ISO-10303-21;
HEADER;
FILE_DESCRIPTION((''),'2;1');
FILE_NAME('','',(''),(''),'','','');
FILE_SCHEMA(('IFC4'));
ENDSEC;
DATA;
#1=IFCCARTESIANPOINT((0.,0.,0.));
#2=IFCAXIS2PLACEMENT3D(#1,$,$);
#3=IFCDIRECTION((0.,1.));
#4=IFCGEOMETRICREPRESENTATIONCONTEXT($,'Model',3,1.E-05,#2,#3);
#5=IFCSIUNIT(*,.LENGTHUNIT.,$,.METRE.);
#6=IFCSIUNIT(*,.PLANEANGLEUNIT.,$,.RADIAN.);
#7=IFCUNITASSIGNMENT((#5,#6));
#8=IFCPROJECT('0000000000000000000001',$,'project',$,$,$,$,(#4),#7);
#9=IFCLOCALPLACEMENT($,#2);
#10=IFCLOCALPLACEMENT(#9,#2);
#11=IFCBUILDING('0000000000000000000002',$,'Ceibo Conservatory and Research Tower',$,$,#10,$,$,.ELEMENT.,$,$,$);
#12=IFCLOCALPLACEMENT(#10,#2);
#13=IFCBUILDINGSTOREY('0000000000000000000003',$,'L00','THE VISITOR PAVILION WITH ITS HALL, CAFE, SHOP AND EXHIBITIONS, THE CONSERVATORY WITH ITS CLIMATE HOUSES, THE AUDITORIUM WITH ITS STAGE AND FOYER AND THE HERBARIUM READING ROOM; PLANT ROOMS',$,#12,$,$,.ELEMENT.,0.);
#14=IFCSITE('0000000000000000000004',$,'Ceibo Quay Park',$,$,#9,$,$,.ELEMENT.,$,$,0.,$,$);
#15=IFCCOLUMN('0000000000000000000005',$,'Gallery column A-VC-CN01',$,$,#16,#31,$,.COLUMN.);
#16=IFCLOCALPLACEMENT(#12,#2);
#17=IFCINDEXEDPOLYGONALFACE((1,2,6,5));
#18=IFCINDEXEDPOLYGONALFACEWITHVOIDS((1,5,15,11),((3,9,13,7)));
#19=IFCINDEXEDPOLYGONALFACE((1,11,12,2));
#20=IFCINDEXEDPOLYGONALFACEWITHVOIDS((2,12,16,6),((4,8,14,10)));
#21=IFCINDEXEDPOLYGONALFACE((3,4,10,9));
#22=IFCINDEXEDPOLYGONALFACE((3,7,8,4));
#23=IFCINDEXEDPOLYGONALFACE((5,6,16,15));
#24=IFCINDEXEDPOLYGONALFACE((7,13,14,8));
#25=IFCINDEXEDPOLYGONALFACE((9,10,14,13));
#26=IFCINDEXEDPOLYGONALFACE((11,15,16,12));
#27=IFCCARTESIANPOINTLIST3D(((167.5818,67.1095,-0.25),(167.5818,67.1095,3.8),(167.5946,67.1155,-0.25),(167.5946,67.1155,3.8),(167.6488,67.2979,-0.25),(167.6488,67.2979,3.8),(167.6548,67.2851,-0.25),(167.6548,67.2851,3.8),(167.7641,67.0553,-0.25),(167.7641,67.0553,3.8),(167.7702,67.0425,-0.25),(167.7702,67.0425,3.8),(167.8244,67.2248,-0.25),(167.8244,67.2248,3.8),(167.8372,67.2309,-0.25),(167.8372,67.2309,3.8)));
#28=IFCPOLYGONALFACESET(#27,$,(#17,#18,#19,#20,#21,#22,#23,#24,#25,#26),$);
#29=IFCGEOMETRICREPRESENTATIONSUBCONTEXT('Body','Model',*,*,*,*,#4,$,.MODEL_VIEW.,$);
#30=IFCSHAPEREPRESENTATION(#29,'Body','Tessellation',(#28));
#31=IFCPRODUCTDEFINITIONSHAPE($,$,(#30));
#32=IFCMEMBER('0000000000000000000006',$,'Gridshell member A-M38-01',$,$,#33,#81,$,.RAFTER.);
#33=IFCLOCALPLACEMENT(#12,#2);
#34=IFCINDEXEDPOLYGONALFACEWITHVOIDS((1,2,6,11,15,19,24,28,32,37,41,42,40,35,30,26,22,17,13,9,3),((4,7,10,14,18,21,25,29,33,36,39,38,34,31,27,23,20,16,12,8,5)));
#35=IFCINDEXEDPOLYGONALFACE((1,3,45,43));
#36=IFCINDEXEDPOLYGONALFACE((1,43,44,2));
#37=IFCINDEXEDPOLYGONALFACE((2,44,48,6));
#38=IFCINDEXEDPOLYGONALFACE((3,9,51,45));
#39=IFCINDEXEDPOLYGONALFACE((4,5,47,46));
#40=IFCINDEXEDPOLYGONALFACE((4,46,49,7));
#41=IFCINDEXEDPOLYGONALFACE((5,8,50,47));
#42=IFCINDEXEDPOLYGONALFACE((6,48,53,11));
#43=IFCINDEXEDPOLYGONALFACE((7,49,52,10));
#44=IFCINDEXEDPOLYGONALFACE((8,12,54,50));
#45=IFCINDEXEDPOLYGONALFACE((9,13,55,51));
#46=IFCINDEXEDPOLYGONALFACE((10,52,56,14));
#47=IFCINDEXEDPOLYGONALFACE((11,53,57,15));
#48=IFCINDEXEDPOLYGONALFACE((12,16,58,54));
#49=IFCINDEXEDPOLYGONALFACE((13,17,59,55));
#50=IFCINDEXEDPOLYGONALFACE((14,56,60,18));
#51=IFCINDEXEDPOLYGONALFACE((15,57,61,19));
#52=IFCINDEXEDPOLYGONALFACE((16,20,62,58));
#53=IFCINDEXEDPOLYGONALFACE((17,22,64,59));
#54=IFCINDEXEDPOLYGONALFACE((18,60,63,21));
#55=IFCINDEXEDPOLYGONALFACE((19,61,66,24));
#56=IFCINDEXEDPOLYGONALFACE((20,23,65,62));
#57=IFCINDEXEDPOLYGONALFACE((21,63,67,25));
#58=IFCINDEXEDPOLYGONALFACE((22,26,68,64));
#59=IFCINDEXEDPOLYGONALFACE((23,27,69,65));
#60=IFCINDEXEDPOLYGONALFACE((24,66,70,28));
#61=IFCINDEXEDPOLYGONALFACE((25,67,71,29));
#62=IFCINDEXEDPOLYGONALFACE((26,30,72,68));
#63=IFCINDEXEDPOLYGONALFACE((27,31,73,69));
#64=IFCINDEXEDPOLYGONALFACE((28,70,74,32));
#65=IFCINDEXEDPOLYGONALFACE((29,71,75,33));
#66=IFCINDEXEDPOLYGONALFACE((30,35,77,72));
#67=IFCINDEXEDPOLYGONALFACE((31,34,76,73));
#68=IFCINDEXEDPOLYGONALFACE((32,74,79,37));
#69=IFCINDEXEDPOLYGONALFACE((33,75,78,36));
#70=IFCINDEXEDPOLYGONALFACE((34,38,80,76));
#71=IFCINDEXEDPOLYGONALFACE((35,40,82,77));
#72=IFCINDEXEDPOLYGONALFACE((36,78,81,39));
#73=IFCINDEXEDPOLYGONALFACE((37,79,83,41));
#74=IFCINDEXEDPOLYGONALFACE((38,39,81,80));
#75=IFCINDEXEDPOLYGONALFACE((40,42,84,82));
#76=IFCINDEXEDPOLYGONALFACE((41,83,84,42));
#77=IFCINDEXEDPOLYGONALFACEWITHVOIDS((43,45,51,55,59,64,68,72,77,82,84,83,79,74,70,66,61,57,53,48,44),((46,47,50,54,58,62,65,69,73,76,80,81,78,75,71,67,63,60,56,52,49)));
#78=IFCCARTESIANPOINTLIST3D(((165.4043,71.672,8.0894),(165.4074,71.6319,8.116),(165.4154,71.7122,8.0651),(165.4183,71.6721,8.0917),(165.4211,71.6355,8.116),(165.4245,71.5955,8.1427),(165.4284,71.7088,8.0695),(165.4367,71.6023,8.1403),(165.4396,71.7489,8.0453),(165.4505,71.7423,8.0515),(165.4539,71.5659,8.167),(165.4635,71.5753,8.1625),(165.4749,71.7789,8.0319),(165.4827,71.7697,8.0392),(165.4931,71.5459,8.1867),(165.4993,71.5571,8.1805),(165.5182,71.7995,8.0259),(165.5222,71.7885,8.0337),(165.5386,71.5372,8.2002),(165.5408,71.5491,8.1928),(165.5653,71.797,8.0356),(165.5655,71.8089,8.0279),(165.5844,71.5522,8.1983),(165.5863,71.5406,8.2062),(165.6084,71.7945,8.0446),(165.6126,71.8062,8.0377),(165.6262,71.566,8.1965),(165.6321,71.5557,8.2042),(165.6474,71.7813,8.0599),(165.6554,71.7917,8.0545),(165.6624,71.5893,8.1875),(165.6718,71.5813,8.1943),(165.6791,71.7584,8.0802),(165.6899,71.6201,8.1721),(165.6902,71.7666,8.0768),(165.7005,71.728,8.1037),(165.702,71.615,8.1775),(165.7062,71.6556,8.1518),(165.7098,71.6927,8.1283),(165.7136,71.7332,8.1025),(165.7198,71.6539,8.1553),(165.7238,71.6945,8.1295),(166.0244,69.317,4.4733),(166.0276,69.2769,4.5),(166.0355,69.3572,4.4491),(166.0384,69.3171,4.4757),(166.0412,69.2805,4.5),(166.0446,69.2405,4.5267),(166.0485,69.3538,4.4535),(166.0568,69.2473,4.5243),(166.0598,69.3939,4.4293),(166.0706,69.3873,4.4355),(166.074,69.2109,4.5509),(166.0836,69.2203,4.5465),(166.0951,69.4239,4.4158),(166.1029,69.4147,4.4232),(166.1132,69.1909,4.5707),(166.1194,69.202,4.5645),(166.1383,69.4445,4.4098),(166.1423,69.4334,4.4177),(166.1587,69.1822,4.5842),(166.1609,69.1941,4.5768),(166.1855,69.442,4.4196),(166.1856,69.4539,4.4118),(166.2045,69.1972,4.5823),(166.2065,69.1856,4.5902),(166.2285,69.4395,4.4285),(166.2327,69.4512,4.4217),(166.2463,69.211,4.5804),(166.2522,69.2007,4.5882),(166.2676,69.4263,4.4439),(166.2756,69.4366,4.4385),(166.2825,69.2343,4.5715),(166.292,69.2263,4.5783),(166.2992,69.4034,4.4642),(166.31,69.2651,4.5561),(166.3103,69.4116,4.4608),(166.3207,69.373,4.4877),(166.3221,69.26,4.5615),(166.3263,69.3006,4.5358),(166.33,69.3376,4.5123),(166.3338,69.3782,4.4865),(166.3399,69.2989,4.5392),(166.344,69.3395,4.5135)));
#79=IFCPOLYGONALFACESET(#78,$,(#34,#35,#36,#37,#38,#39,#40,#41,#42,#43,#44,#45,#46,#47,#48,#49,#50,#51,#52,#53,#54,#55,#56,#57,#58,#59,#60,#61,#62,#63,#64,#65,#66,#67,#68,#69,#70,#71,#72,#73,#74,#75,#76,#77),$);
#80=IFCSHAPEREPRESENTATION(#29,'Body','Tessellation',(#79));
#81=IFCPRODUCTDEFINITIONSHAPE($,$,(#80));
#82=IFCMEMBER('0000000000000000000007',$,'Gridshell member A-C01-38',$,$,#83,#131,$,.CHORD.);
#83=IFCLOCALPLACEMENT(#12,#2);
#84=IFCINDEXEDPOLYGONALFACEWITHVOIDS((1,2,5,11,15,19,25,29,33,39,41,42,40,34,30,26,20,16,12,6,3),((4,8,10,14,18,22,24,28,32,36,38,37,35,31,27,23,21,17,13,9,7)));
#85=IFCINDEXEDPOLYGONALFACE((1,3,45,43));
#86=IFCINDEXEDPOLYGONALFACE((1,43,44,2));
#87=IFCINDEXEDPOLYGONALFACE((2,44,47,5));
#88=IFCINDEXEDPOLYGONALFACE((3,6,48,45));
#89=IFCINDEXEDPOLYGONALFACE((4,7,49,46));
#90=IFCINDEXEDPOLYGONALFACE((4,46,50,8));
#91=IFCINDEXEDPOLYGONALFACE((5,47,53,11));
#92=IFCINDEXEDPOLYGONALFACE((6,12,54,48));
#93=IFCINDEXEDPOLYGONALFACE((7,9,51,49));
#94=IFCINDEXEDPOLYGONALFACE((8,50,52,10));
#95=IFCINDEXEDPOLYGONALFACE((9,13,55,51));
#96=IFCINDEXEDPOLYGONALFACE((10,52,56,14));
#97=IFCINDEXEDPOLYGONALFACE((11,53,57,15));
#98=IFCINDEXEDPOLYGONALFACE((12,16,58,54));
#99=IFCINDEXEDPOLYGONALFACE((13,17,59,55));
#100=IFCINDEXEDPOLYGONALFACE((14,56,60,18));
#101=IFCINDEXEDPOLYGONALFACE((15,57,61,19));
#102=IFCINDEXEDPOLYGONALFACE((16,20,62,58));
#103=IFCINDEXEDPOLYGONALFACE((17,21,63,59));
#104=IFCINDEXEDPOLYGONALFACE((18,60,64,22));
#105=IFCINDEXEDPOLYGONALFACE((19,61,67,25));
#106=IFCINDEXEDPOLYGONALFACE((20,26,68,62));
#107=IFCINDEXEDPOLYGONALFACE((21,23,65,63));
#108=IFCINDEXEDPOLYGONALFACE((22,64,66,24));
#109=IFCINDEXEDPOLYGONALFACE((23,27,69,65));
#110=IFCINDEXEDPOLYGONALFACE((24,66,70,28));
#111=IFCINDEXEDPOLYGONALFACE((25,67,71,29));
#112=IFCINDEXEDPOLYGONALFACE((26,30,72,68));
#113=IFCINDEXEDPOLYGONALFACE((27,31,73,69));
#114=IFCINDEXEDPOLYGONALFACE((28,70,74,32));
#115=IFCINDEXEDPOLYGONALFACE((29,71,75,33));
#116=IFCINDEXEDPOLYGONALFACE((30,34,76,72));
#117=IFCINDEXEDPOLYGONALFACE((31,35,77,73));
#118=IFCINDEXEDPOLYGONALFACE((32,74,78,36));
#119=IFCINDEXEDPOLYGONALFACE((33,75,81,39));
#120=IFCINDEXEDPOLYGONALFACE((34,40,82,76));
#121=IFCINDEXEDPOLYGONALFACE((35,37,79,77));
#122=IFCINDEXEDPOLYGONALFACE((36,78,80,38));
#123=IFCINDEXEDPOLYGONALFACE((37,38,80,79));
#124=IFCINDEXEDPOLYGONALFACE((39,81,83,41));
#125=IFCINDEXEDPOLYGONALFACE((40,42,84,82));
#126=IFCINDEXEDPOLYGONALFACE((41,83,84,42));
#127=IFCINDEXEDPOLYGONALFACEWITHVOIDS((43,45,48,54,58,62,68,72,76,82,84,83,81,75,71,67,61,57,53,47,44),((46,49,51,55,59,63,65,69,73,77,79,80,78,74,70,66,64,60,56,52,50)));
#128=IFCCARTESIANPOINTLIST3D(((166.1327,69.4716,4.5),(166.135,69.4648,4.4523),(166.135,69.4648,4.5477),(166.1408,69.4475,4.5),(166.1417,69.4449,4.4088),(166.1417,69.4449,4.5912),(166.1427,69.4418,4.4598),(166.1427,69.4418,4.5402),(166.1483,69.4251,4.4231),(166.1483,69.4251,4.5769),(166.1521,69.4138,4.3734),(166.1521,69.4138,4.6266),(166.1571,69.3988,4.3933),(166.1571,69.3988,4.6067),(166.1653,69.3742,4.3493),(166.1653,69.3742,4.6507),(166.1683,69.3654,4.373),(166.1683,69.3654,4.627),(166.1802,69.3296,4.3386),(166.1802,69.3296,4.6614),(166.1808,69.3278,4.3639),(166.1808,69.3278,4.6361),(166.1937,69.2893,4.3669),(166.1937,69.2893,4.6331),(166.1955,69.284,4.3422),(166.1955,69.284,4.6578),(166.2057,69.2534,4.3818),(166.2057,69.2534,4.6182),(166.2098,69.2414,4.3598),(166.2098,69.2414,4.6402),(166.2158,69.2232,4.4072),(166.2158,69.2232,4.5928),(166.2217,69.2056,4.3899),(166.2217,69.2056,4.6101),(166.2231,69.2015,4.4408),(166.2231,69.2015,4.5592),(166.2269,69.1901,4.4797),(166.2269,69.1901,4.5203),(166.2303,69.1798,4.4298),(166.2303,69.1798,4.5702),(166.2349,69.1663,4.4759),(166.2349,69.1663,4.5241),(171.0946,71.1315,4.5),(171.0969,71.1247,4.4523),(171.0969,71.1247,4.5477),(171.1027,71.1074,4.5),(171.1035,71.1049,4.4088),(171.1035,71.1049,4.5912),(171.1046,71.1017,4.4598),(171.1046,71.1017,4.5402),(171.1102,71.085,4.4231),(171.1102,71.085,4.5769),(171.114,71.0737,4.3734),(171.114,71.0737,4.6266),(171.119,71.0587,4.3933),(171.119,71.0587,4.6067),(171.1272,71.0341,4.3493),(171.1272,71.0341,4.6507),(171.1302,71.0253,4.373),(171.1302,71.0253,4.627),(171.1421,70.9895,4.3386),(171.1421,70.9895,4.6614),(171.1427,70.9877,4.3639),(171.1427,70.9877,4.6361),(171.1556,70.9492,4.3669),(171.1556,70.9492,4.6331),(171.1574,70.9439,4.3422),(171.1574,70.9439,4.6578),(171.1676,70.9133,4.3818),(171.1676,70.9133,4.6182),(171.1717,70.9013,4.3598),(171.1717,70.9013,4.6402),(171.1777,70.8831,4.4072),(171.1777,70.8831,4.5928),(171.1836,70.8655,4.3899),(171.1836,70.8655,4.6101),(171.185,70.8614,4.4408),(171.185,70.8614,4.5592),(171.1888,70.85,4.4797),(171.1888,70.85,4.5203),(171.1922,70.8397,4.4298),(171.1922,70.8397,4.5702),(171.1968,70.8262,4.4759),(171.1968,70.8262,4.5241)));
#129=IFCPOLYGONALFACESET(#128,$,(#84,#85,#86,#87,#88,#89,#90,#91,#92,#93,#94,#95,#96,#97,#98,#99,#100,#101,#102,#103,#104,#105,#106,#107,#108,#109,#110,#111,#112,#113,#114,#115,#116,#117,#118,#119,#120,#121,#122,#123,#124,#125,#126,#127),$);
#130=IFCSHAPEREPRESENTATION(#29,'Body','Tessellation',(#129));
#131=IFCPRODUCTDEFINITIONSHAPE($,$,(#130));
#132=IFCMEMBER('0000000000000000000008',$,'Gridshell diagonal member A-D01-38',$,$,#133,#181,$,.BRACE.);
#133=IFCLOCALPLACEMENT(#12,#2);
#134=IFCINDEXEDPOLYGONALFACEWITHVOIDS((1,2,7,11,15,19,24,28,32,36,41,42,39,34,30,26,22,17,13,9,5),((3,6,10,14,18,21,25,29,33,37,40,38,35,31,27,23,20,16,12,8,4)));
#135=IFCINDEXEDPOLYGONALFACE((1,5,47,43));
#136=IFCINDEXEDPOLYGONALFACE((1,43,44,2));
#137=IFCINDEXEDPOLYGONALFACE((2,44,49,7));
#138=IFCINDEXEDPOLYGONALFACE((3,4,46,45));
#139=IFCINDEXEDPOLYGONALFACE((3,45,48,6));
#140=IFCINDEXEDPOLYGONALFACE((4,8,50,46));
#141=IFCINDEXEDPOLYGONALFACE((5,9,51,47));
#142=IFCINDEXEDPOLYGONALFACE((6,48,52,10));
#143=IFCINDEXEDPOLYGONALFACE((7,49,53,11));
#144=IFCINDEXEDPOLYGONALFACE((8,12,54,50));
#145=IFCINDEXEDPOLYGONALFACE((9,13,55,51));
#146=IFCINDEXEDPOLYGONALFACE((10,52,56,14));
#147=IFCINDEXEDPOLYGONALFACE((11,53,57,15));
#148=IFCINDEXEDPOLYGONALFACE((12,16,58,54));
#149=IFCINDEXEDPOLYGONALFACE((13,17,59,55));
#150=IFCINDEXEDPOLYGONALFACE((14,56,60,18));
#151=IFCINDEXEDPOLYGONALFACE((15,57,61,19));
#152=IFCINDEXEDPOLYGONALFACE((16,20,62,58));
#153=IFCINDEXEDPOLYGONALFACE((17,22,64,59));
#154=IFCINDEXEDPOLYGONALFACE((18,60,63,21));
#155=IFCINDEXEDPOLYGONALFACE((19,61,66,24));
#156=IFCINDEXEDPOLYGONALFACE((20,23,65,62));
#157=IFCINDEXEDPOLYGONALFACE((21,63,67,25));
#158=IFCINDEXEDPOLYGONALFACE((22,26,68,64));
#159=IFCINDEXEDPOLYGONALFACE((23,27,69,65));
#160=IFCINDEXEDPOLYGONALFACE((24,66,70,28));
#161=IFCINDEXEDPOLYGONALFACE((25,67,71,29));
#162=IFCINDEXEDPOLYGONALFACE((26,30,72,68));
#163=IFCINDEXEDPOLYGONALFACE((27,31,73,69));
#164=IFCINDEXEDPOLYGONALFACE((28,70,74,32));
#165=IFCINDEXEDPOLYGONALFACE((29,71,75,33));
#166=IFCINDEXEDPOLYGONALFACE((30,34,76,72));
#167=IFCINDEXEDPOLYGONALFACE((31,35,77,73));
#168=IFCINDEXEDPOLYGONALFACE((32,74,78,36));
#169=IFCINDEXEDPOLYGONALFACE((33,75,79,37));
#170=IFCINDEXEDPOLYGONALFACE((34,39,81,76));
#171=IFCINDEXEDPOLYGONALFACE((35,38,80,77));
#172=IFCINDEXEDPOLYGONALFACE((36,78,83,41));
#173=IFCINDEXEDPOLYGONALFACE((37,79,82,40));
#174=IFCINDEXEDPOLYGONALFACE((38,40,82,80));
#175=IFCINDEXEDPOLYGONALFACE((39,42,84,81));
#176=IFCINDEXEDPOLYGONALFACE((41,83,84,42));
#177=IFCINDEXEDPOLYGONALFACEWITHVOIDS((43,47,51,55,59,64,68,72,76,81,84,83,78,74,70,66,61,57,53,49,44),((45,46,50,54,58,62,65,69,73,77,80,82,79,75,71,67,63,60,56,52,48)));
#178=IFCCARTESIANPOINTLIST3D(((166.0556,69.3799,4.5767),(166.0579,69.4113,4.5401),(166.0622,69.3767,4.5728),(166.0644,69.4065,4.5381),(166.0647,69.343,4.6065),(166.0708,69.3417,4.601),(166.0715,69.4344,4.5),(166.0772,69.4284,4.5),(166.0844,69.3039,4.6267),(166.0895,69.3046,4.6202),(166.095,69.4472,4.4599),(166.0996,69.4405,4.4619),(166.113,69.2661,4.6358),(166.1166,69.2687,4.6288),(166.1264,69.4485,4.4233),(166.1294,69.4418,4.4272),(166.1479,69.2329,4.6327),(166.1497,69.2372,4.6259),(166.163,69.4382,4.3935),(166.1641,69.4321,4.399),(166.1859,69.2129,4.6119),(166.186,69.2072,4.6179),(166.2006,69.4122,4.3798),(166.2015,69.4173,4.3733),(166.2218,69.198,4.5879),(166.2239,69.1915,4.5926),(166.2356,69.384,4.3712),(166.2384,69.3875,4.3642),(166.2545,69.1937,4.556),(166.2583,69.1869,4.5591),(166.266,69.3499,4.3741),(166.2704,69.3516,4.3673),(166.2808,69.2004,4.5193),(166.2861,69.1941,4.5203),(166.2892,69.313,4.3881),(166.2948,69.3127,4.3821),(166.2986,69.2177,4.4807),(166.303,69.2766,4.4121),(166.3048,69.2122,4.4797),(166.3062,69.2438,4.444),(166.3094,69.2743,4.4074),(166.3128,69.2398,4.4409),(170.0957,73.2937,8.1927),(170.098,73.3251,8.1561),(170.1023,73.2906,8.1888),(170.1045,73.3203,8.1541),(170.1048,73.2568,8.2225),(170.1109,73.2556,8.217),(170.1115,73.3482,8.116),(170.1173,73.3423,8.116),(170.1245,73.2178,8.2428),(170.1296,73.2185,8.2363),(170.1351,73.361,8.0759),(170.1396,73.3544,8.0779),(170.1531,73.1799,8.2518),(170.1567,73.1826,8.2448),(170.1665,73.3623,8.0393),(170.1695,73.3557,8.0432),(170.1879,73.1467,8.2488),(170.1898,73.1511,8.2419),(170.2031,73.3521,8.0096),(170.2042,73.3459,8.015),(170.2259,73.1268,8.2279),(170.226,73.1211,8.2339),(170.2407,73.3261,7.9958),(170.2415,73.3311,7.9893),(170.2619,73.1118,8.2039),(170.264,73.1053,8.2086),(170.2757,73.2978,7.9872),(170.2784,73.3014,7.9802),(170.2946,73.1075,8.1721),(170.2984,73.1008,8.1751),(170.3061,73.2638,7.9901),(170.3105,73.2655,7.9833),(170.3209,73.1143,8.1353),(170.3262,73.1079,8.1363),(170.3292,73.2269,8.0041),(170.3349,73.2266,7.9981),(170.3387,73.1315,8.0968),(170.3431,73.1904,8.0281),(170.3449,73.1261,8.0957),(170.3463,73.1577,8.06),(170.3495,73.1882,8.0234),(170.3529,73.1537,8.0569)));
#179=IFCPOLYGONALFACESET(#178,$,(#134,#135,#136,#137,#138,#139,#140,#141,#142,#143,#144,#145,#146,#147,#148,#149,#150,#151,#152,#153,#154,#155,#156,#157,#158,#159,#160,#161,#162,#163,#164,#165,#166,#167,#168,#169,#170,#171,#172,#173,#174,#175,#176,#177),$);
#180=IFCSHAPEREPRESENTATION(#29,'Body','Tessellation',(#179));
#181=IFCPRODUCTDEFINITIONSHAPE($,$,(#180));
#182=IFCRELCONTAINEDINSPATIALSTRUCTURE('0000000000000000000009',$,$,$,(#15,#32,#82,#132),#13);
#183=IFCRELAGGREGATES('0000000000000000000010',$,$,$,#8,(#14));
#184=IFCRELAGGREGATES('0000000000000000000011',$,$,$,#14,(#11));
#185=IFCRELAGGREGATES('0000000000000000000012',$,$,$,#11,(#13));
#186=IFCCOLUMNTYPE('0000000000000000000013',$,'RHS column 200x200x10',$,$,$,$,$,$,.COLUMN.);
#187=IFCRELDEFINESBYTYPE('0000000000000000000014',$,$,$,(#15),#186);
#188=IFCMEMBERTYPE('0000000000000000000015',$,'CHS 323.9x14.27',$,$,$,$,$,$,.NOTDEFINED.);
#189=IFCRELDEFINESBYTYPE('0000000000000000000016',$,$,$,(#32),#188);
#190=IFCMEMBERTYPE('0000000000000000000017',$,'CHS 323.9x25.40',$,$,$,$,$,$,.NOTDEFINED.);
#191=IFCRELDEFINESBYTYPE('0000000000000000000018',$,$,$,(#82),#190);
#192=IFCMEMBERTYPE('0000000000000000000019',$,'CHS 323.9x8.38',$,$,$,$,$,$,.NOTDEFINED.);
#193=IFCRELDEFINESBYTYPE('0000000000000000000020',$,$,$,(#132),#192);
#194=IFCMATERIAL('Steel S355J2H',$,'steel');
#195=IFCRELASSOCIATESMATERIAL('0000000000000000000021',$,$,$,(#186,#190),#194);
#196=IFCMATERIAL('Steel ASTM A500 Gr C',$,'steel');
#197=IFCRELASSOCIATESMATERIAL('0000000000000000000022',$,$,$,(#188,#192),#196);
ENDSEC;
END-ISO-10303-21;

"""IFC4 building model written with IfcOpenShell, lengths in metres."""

from ifc_helpers import new_model, si_unit, direction, frame, origin, origin_2d, place, context, subcontext, project, spatial, hollow_rectangle, hollow_circle, extrude, material, material_profile, profile_set, type_object, element, save


model = new_model("IFC4")

# Units and contexts
model_context = context("Model", 3, precision=1e-05, world=origin(), true_north=direction((0.0, 1.0)))
body_context = subcontext(model_context, "Body", "Model", "MODEL_VIEW")
ifc_project = project(units=[si_unit("LENGTHUNIT", "METRE"), si_unit("PLANEANGLEUNIT", "RADIAN")], contexts=[model_context])

# Site, building, storey
site_placement = place(None, origin())
site = spatial("IfcSite", under=ifc_project, at=site_placement, Name="Ceibo Quay Park", CompositionType="ELEMENT", RefElevation=0.0)
building_placement = place(site_placement, origin())
building = spatial("IfcBuilding", under=site, at=building_placement, Name="Ceibo Conservatory and Research Tower", CompositionType="ELEMENT")
storey_placement = place(building_placement, origin())
storey = spatial("IfcBuildingStorey", under=building, at=storey_placement, Name="L00", Description="THE VISITOR PAVILION WITH ITS HALL, CAFE, SHOP AND EXHIBITIONS, THE CONSERVATORY WITH ITS CLIMATE HOUSES, THE AUDITORIUM WITH ITS STAGE AND FOYER AND THE HERBARIUM READING ROOM; PLANT ROOMS", CompositionType="ELEMENT", Elevation=0.0)

# Column
ifc_material_1 = material(Name="Steel S355J2H", Category="steel")
ifc_material_profile_1 = material_profile(ifc_material_1, hollow_rectangle(XDim=0.2, YDim=0.2, WallThickness=0.01, at=origin_2d()), Name="RHS column 200x200x10")
ifc_profile_set_1 = profile_set([ifc_material_profile_1], Name="Steel S355J2H")
column_type = type_object("IfcColumnType", Name="RHS column 200x200x10", PredefinedType="COLUMN", material=ifc_profile_set_1)
column_placement = place(storey_placement, frame((167.7095, 67.1702, -0.25), z_axis=(0.0, 0.0, 1.0), x_axis=(-0.33504, -0.942204, 0.0)))
element("IfcColumn", 1, at=column_placement, inside=storey, type_object=column_type, Name="Gallery column A-VC-CN01", PredefinedType="COLUMN", context=body_context, shape_type="SweptSolid", body=[
    extrude(hollow_rectangle(XDim=0.2, YDim=0.2, WallThickness=0.01, at=origin_2d()), origin(), (0.0, 0.0, 1.0), 4.05),
])

# Members
ifc_material_2 = material(Name="Steel ASTM A500 Gr C", Category="steel")
ifc_material_profile_2 = material_profile(ifc_material_2, hollow_circle(Radius=0.1619, WallThickness=0.0142, at=origin_2d()), Name="CHS 323.9x14.27")
ifc_profile_set_2 = profile_set([ifc_material_profile_2], Name="Steel ASTM A500 Gr C")
member_type_1 = type_object("IfcMemberType", Name="CHS 323.9x14.27", PredefinedType="NOTDEFINED", material=ifc_profile_set_2)
member_1_placement = place(storey_placement, frame((166.1841, 69.3181, 4.5), z_axis=(-0.142243, 0.540189, 0.829435), x_axis=(-0.967036, -0.254641, 0.0)))
element("IfcMember", 2, at=member_1_placement, inside=storey, type_object=member_type_1, Name="Gridshell member A-M38-01", PredefinedType="RAFTER", context=body_context, shape_type="SweptSolid", body=[
    extrude(hollow_circle(Radius=0.1619, WallThickness=0.0142, at=origin_2d()), origin(), (0.0, 0.0, 1.0), 4.3596),
])
ifc_material_profile_3 = material_profile(ifc_material_1, hollow_circle(Radius=0.1619, WallThickness=0.0254, at=origin_2d()), Name="CHS 323.9x25.40")
ifc_profile_set_3 = profile_set([ifc_material_profile_3], Name="Steel S355J2H")
member_type_2 = type_object("IfcMemberType", Name="CHS 323.9x25.40", PredefinedType="NOTDEFINED", material=ifc_profile_set_3)
member_2_placement = place(storey_placement, frame((166.1841, 69.3181, 4.5), z_axis=(0.948342, 0.317249, 0.0), x_axis=(-0.317249, 0.948342, 0.0)))
element("IfcMember", 3, at=member_2_placement, inside=storey, type_object=member_type_2, Name="Gridshell member A-C01-38", PredefinedType="CHORD", context=body_context, shape_type="SweptSolid", body=[
    extrude(hollow_circle(Radius=0.1619, WallThickness=0.0254, at=origin_2d()), origin(), (0.0, 0.0, 1.0), 5.2322),
])
ifc_material_profile_4 = material_profile(ifc_material_2, hollow_circle(Radius=0.1619, WallThickness=0.0083, at=origin_2d()), Name="CHS 323.9x8.38")
ifc_profile_set_4 = profile_set([ifc_material_profile_4], Name="Steel ASTM A500 Gr C")
member_type_3 = type_object("IfcMemberType", Name="CHS 323.9x8.38", PredefinedType="NOTDEFINED", material=ifc_profile_set_4)
member_3_placement = place(storey_placement, frame((166.1841, 69.3181, 4.5), z_axis=(0.604169, 0.585293, 0.540751), x_axis=(-0.695798, 0.718238, 0.0)))
element("IfcMember", 4, at=member_3_placement, inside=storey, type_object=member_type_3, Name="Gridshell diagonal member A-D01-38", PredefinedType="BRACE", context=body_context, shape_type="SweptSolid", body=[
    extrude(hollow_circle(Radius=0.1619, WallThickness=0.0083, at=origin_2d()), origin(), (0.0, 0.0, 1.0), 6.687),
])

save(model, "model.ifc")
